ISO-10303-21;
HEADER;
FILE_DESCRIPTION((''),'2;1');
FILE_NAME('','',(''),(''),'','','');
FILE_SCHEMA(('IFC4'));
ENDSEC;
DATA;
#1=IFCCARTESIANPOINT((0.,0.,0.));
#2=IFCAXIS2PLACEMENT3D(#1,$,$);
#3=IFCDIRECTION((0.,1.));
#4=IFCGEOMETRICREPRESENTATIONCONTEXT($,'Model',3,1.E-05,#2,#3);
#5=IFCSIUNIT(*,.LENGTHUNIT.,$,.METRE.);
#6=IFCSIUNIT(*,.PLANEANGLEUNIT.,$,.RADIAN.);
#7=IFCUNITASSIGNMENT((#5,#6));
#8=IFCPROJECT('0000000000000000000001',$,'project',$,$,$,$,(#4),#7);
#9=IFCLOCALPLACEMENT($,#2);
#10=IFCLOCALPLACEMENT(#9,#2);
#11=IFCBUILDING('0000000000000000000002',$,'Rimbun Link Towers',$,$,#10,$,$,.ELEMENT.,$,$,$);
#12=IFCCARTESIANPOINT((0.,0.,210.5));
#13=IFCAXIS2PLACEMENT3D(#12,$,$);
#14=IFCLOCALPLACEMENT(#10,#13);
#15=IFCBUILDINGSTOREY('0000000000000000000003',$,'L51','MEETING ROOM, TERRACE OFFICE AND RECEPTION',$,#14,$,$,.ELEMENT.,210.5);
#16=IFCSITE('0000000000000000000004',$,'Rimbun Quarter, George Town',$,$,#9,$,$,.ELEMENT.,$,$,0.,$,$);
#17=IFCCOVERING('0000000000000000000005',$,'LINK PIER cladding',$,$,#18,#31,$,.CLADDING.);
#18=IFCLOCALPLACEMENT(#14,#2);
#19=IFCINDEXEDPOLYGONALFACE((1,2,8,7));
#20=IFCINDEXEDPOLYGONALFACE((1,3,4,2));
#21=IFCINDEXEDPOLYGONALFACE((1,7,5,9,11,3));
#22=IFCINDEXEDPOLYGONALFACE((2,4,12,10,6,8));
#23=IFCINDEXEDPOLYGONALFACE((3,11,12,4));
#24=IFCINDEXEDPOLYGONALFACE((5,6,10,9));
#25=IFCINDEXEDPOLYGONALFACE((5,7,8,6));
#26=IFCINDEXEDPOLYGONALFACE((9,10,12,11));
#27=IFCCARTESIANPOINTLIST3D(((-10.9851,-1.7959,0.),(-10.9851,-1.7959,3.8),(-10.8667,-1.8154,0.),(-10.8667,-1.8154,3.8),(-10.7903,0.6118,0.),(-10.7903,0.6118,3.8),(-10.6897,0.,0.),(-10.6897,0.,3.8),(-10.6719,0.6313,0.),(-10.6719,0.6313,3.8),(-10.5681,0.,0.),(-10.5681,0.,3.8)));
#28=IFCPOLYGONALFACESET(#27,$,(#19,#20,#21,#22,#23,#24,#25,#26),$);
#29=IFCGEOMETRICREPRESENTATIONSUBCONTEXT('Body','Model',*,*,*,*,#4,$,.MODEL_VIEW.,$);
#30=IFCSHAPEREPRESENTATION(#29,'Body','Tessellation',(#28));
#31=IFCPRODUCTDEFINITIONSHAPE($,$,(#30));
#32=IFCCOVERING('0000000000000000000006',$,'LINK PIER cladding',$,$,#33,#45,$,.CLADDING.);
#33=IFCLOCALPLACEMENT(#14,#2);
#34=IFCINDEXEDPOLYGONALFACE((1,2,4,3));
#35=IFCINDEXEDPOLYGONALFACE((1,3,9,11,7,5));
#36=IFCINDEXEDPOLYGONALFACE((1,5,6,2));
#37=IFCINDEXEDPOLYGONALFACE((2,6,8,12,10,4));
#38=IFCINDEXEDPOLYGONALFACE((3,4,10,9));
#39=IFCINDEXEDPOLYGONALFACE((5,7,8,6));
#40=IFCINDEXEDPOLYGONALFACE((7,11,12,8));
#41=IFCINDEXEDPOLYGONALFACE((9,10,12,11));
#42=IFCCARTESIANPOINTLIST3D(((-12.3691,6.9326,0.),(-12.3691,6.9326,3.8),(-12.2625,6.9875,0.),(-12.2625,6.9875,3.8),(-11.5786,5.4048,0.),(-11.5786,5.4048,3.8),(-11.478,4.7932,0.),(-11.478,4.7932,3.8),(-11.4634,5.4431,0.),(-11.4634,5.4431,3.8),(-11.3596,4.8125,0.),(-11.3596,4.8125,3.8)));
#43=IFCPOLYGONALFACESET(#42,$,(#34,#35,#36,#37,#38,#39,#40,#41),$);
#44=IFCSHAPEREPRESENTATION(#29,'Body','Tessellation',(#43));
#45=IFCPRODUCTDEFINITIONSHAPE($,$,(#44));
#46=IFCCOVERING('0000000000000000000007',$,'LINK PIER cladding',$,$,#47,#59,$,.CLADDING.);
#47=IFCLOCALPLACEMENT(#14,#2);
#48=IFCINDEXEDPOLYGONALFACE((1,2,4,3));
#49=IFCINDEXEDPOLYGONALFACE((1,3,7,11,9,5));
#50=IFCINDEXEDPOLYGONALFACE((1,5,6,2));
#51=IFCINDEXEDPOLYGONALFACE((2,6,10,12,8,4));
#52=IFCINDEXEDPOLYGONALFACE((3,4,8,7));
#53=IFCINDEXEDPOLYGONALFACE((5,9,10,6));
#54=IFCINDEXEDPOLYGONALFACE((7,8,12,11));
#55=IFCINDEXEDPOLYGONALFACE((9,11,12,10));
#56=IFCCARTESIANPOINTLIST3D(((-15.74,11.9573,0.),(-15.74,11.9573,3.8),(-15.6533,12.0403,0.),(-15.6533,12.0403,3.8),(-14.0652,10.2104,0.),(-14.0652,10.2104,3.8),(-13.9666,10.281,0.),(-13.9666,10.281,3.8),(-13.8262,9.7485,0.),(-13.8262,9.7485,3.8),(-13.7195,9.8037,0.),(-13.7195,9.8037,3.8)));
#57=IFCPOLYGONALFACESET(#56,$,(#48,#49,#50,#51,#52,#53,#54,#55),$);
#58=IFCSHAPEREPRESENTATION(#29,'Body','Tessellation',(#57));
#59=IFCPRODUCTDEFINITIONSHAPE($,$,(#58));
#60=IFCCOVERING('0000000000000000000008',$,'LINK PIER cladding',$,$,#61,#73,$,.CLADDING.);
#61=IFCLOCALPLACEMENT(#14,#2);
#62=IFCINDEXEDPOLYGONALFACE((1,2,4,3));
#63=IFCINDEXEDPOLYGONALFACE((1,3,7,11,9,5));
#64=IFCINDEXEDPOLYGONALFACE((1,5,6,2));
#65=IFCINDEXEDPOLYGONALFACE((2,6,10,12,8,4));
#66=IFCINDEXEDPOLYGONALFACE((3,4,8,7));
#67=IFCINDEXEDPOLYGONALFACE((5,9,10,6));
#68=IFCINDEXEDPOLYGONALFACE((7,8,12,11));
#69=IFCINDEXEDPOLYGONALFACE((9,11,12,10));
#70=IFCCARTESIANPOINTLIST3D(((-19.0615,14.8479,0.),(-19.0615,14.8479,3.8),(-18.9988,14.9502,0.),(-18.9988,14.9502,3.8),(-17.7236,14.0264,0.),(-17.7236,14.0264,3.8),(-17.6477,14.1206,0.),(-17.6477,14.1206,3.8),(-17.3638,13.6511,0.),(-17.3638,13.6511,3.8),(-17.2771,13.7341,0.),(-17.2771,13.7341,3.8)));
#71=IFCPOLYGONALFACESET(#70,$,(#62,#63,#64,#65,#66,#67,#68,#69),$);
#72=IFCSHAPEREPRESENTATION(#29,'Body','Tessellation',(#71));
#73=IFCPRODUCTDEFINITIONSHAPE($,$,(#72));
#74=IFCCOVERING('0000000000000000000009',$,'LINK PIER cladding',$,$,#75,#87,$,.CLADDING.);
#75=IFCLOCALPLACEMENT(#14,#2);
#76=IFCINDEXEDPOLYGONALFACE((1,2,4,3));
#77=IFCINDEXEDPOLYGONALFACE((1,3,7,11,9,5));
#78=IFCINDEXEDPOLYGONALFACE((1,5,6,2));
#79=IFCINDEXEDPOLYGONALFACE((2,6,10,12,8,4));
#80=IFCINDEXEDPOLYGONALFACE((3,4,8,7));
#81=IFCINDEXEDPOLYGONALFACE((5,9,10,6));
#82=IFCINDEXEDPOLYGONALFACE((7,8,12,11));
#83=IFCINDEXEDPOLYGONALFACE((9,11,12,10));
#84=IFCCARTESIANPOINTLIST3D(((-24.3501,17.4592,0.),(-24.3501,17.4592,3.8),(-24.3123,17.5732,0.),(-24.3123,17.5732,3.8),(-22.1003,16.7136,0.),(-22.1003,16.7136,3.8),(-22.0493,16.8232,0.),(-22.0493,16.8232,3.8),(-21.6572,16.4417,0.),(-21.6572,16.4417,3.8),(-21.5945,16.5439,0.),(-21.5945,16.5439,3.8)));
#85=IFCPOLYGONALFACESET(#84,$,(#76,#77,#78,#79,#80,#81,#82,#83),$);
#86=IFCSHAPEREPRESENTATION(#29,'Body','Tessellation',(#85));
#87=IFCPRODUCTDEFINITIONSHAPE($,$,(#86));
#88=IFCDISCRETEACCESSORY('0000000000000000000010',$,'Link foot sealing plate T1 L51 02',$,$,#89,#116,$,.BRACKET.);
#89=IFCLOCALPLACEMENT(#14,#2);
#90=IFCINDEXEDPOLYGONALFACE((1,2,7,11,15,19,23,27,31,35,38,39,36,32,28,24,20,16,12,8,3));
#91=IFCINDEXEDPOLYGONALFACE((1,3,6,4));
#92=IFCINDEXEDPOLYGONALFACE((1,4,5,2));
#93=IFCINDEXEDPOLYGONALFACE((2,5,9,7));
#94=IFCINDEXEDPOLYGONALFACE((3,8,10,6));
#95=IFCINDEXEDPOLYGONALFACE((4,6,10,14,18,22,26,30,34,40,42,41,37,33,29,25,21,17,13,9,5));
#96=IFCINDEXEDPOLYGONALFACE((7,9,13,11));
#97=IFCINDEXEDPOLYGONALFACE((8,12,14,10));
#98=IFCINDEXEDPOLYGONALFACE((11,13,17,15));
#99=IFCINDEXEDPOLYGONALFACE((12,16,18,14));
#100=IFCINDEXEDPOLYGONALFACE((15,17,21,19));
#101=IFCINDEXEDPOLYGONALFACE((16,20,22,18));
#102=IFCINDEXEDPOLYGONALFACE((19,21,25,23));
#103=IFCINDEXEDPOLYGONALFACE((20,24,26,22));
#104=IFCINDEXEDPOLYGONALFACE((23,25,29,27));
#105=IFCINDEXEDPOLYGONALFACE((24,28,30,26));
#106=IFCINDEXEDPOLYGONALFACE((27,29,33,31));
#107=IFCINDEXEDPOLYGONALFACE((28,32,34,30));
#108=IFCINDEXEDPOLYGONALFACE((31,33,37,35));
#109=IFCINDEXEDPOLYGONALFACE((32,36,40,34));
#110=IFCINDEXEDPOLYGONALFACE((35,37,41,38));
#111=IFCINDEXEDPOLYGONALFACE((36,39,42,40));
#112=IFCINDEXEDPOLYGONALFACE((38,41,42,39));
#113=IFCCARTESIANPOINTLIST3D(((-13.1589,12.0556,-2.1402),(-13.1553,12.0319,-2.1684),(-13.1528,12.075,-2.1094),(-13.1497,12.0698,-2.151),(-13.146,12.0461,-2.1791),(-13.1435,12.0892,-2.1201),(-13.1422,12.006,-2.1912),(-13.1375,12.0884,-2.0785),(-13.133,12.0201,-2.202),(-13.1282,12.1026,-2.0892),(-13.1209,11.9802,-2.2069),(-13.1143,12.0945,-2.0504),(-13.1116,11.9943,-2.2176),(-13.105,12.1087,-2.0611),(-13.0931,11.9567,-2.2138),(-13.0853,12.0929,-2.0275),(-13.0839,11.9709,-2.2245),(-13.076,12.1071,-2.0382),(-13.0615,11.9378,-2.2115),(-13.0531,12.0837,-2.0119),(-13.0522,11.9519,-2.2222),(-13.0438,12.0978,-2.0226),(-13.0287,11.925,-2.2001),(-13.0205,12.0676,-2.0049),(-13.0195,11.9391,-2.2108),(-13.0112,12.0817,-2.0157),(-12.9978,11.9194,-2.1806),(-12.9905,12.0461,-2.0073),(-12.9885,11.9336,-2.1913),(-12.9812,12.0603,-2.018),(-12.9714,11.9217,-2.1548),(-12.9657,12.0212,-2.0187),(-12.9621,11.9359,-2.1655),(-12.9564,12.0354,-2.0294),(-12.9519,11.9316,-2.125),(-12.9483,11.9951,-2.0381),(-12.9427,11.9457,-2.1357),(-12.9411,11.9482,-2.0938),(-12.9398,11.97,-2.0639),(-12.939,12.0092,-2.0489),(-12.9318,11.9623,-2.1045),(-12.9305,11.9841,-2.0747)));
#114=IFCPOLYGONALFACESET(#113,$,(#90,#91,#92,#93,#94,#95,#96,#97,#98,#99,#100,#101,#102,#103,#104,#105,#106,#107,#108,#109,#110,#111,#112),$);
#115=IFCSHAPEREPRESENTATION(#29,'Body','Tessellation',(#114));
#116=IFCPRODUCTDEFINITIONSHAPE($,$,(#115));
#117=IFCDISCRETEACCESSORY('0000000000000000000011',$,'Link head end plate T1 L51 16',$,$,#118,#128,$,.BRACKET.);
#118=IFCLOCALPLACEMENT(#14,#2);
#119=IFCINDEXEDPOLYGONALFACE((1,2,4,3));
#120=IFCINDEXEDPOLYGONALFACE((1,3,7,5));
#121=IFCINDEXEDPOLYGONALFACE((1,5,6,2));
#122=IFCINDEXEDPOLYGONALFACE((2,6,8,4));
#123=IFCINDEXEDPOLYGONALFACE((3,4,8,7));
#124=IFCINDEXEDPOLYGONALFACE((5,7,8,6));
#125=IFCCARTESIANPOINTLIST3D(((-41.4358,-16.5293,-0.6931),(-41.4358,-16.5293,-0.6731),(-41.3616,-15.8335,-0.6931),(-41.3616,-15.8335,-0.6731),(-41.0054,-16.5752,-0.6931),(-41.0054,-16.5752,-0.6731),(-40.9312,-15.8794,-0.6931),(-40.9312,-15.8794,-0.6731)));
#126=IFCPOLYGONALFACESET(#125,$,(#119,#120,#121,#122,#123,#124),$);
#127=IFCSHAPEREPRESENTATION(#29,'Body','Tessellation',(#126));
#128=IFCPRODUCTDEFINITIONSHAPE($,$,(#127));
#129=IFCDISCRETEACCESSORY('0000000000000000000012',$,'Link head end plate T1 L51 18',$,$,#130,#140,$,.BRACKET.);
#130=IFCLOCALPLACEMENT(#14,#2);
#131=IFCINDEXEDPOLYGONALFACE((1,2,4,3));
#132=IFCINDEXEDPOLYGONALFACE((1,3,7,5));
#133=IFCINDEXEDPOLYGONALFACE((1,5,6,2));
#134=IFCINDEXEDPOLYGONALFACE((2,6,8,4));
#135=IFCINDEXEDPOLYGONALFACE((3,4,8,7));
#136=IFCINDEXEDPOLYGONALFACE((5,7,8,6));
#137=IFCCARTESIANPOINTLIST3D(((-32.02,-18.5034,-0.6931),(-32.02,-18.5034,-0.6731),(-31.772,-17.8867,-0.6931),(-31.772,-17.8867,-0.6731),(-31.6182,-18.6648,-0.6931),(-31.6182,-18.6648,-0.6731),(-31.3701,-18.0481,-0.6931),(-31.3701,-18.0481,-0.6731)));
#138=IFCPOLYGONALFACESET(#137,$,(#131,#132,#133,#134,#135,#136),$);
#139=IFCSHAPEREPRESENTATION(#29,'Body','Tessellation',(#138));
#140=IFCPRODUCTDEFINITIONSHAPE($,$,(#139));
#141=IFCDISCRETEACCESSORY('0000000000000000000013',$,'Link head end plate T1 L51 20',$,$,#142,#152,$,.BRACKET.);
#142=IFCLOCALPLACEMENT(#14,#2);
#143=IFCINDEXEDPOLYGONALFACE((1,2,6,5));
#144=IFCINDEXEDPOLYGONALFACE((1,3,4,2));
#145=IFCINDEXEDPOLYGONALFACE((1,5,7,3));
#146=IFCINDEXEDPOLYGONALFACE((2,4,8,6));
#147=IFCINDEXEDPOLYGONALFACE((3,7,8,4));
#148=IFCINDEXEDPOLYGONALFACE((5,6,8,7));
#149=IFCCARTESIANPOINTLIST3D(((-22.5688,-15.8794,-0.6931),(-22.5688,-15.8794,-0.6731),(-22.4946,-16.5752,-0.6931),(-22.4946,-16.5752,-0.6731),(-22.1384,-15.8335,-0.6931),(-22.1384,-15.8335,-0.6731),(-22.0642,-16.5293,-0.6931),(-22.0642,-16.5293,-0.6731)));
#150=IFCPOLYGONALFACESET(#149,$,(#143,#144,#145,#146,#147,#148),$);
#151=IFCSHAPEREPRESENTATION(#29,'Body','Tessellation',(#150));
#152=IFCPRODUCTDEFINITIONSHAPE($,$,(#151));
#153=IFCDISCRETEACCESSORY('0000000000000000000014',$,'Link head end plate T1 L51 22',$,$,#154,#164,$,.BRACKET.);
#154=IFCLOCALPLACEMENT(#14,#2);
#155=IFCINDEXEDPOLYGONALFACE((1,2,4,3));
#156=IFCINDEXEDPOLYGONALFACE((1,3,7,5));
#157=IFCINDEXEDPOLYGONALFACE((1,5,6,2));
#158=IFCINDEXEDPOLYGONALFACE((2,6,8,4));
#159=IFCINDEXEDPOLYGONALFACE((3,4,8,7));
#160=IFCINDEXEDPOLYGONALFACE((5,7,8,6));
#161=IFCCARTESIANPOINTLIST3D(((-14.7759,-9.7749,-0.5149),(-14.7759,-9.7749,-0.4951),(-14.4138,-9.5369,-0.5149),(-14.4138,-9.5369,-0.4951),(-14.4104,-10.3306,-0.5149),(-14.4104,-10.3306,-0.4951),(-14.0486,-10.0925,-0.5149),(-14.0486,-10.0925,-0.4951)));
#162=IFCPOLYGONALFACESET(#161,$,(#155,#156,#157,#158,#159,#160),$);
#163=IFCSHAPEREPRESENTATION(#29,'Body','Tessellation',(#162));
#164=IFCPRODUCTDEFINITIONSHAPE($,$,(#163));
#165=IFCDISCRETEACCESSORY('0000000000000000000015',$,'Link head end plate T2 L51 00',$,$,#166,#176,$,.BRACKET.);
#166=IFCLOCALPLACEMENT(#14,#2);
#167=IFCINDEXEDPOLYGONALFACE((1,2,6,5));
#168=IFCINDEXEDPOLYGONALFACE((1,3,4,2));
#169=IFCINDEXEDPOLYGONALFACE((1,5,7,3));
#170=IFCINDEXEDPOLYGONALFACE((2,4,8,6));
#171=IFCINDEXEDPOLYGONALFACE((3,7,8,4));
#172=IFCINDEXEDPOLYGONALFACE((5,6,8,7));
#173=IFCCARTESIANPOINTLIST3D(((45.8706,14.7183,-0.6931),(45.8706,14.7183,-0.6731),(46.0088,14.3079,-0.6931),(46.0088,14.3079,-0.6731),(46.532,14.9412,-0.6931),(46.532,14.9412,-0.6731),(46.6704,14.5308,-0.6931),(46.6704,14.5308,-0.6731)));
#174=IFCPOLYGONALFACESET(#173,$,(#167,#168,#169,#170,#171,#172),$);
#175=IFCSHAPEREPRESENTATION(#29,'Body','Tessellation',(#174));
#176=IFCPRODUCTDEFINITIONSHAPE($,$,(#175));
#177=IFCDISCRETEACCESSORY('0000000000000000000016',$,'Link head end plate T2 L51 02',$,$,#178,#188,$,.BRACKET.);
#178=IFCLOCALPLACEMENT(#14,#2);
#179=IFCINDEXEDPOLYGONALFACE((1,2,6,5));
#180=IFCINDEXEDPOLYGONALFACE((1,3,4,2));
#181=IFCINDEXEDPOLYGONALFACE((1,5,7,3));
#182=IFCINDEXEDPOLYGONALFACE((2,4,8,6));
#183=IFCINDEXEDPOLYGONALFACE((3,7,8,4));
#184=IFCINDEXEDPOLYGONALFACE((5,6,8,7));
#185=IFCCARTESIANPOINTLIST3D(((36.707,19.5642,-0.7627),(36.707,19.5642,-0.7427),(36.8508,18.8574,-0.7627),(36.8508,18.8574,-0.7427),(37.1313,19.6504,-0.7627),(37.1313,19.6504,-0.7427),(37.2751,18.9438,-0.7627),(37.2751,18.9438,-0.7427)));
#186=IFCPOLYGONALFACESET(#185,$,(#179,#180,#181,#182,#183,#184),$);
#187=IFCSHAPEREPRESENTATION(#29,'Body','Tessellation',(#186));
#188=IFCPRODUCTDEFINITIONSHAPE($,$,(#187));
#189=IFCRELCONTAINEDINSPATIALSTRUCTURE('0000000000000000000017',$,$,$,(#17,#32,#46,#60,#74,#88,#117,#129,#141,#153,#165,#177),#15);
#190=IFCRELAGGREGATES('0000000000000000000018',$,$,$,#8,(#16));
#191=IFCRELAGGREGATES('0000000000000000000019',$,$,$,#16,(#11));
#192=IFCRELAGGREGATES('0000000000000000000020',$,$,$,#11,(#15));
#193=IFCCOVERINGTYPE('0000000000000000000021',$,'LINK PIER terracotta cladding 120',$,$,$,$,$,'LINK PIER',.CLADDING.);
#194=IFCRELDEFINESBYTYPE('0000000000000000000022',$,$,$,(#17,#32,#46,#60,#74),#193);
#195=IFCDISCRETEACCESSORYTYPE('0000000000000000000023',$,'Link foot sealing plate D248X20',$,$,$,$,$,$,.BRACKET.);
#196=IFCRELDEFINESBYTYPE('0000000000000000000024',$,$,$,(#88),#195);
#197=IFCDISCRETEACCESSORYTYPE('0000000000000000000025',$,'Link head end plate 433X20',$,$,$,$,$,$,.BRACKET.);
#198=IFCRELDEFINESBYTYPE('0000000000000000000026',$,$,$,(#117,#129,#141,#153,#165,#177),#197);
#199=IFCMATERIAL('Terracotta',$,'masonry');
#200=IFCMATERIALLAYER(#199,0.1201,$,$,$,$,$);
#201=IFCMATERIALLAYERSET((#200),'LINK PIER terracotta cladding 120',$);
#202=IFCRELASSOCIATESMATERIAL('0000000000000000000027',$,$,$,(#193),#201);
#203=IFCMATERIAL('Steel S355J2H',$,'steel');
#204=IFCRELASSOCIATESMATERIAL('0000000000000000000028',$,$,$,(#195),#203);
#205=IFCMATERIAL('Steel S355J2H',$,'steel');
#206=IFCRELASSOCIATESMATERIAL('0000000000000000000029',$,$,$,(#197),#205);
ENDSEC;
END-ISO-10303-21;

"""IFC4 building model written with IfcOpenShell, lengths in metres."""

from ifc_helpers import new_model, si_unit, direction, frame, origin, origin_2d, place, context, subcontext, project, spatial, polyline, rectangle, circle, outline, extrude, material, layer, layer_set, material_profile, profile_set, type_object, element, save


model = new_model("IFC4")

# Units and contexts
model_context = context("Model", 3, precision=1e-05, world=origin(), true_north=direction((0.0, 1.0)))
body_context = subcontext(model_context, "Body", "Model", "MODEL_VIEW")
ifc_project = project(units=[si_unit("LENGTHUNIT", "METRE"), si_unit("PLANEANGLEUNIT", "RADIAN")], contexts=[model_context])

# Site, building, storey
site_placement = place(None, origin())
site = spatial("IfcSite", under=ifc_project, at=site_placement, Name="Rimbun Quarter, George Town", CompositionType="ELEMENT", RefElevation=0.0)
building_placement = place(site_placement, origin())
building = spatial("IfcBuilding", under=site, at=building_placement, Name="Rimbun Link Towers", CompositionType="ELEMENT")
storey_placement = place(building_placement, frame((0.0, 0.0, 210.5)))
storey = spatial("IfcBuildingStorey", under=building, at=storey_placement, Name="L51", Description="MEETING ROOM, TERRACE OFFICE AND RECEPTION", CompositionType="ELEMENT", Elevation=210.5)

# Coverings
ifc_material_1 = material(Name="Terracotta", Category="masonry")
ifc_layer_1 = layer(ifc_material_1, 0.1201)
ifc_layer_set_1 = layer_set([ifc_layer_1], Name="LINK PIER terracotta cladding 120")
covering_type_1 = type_object("IfcCoveringType", Name="LINK PIER terracotta cladding 120", ElementType="LINK PIER", PredefinedType="CLADDING", material=ifc_layer_set_1)
covering_1_placement = place(storey_placement, origin())
element("IfcCovering", 1, at=covering_1_placement, inside=storey, type_object=covering_type_1, Name="LINK PIER cladding", PredefinedType="CLADDING", context=body_context, shape_type="SweptSolid", body=[
    extrude(outline(polyline([(-10.7903, 0.6118), (-10.6897, 0.0), (-10.9851, -1.7959), (-10.8667, -1.8154), (-10.5681, 0.0), (-10.6719, 0.6313), (-10.7903, 0.6118)])), origin(), (0.0, 0.0, 1.0), 3.8),
])
covering_2_placement = place(storey_placement, origin())
element("IfcCovering", 2, at=covering_2_placement, inside=storey, type_object=covering_type_1, Name="LINK PIER cladding", PredefinedType="CLADDING", context=body_context, shape_type="SweptSolid", body=[
    extrude(outline(polyline([(-12.3691, 6.9326), (-11.5786, 5.4048), (-11.478, 4.7932), (-11.3596, 4.8125), (-11.4634, 5.4431), (-12.2625, 6.9875), (-12.3691, 6.9326)])), origin(), (0.0, 0.0, 1.0), 3.8),
])
covering_3_placement = place(storey_placement, origin())
element("IfcCovering", 3, at=covering_3_placement, inside=storey, type_object=covering_type_1, Name="LINK PIER cladding", PredefinedType="CLADDING", context=body_context, shape_type="SweptSolid", body=[
    extrude(outline(polyline([(-15.74, 11.9573), (-14.0652, 10.2104), (-13.8262, 9.7485), (-13.7195, 9.8037), (-13.9666, 10.281), (-15.6533, 12.0403), (-15.74, 11.9573)])), origin(), (0.0, 0.0, 1.0), 3.8),
])
covering_4_placement = place(storey_placement, origin())
element("IfcCovering", 4, at=covering_4_placement, inside=storey, type_object=covering_type_1, Name="LINK PIER cladding", PredefinedType="CLADDING", context=body_context, shape_type="SweptSolid", body=[
    extrude(outline(polyline([(-19.0615, 14.8479), (-17.7236, 14.0264), (-17.3638, 13.6511), (-17.2771, 13.7341), (-17.6477, 14.1206), (-18.9988, 14.9502), (-19.0615, 14.8479)])), origin(), (0.0, 0.0, 1.0), 3.8),
])
covering_5_placement = place(storey_placement, origin())
element("IfcCovering", 5, at=covering_5_placement, inside=storey, type_object=covering_type_1, Name="LINK PIER cladding", PredefinedType="CLADDING", context=body_context, shape_type="SweptSolid", body=[
    extrude(outline(polyline([(-24.3501, 17.4592), (-22.1003, 16.7136), (-21.6572, 16.4417), (-21.5945, 16.5439), (-22.0493, 16.8232), (-24.3123, 17.5732), (-24.3501, 17.4592)])), origin(), (0.0, 0.0, 1.0), 3.8),
])

# Discrete accessories
ifc_material_2 = material(Name="Steel S355J2H", Category="steel")
ifc_material_profile_1 = material_profile(ifc_material_2, circle(Radius=0.124, at=origin_2d()), Name="PL D248")
ifc_profile_set_1 = profile_set([ifc_material_profile_1], Name="Steel S355J2H")
discrete_accessory_type_1 = type_object("IfcDiscreteAccessoryType", Name="Link foot sealing plate D248X20", PredefinedType="BRACKET", material=ifc_profile_set_1)
discrete_accessory_1_placement = place(storey_placement, frame((-13.0491, 12.0071, -2.1094), z_axis=(0.462727, 0.706267, -0.535789), x_axis=(-0.836461, 0.548026, 0.0)))
element("IfcDiscreteAccessory", 6, at=discrete_accessory_1_placement, inside=storey, type_object=discrete_accessory_type_1, Name="Link foot sealing plate T1 L51 02", PredefinedType="BRACKET", context=body_context, shape_type="SweptSolid", body=[
    extrude(circle(Radius=0.124, at=origin_2d()), origin(), (0.0, 0.0, 1.0), 0.02),
])
ifc_material_3 = material(Name="Steel S355J2H", Category="steel")
ifc_material_profile_2 = material_profile(ifc_material_3, rectangle(XDim=0.4331, YDim=0.4331, at=origin_2d()), Name="PL 433x433")
ifc_profile_set_2 = profile_set([ifc_material_profile_2], Name="Steel S355J2H")
discrete_accessory_type_2 = type_object("IfcDiscreteAccessoryType", Name="Link head end plate 433X20", PredefinedType="BRACKET", material=ifc_profile_set_2)
discrete_accessory_2_placement = place(storey_placement, frame((0.0, 0.0, -0.6931)))
element("IfcDiscreteAccessory", 7, at=discrete_accessory_2_placement, inside=storey, type_object=discrete_accessory_type_2, Name="Link head end plate T1 L51 16", PredefinedType="BRACKET", context=body_context, shape_type="SweptSolid", body=[
    extrude(outline(polyline([(-41.3616, -15.8335), (-41.4358, -16.5293), (-41.0054, -16.5752), (-40.9312, -15.8794), (-41.3616, -15.8335)])), origin(), (0.0, 0.0, 1.0), 0.02),
])
discrete_accessory_3_placement = place(storey_placement, frame((0.0, 0.0, -0.6931)))
element("IfcDiscreteAccessory", 8, at=discrete_accessory_3_placement, inside=storey, type_object=discrete_accessory_type_2, Name="Link head end plate T1 L51 18", PredefinedType="BRACKET", context=body_context, shape_type="SweptSolid", body=[
    extrude(outline(polyline([(-31.772, -17.8867), (-32.02, -18.5034), (-31.6182, -18.6648), (-31.3701, -18.0481), (-31.772, -17.8867)])), origin(), (0.0, 0.0, 1.0), 0.02),
])
discrete_accessory_4_placement = place(storey_placement, frame((0.0, 0.0, -0.6931)))
element("IfcDiscreteAccessory", 9, at=discrete_accessory_4_placement, inside=storey, type_object=discrete_accessory_type_2, Name="Link head end plate T1 L51 20", PredefinedType="BRACKET", context=body_context, shape_type="SweptSolid", body=[
    extrude(outline(polyline([(-22.5688, -15.8794), (-22.4946, -16.5752), (-22.0642, -16.5293), (-22.1384, -15.8335), (-22.5688, -15.8794)])), origin(), (0.0, 0.0, 1.0), 0.02),
])
discrete_accessory_5_placement = place(storey_placement, frame((0.0, 0.0, -0.5149)))
element("IfcDiscreteAccessory", 10, at=discrete_accessory_5_placement, inside=storey, type_object=discrete_accessory_type_2, Name="Link head end plate T1 L51 22", PredefinedType="BRACKET", context=body_context, shape_type="SweptSolid", body=[
    extrude(outline(polyline([(-14.7759, -9.7749), (-14.4104, -10.3306), (-14.0486, -10.0925), (-14.4138, -9.5369), (-14.7759, -9.7749)])), origin(), (0.0, 0.0, 1.0), 0.0198),
])
discrete_accessory_6_placement = place(storey_placement, frame((0.0, 0.0, -0.6931)))
element("IfcDiscreteAccessory", 11, at=discrete_accessory_6_placement, inside=storey, type_object=discrete_accessory_type_2, Name="Link head end plate T2 L51 00", PredefinedType="BRACKET", context=body_context, shape_type="SweptSolid", body=[
    extrude(outline(polyline([(46.0088, 14.3079), (46.6704, 14.5308), (46.532, 14.9412), (45.8706, 14.7183), (46.0088, 14.3079)])), origin(), (0.0, 0.0, 1.0), 0.02),
])
discrete_accessory_7_placement = place(storey_placement, frame((0.0, 0.0, -0.7627)))
element("IfcDiscreteAccessory", 12, at=discrete_accessory_7_placement, inside=storey, type_object=discrete_accessory_type_2, Name="Link head end plate T2 L51 02", PredefinedType="BRACKET", context=body_context, shape_type="SweptSolid", body=[
    extrude(outline(polyline([(37.2751, 18.9438), (37.1313, 19.6504), (36.707, 19.5642), (36.8508, 18.8574), (37.2751, 18.9438)])), origin(), (0.0, 0.0, 1.0), 0.02),
])

save(model, "model.ifc")
